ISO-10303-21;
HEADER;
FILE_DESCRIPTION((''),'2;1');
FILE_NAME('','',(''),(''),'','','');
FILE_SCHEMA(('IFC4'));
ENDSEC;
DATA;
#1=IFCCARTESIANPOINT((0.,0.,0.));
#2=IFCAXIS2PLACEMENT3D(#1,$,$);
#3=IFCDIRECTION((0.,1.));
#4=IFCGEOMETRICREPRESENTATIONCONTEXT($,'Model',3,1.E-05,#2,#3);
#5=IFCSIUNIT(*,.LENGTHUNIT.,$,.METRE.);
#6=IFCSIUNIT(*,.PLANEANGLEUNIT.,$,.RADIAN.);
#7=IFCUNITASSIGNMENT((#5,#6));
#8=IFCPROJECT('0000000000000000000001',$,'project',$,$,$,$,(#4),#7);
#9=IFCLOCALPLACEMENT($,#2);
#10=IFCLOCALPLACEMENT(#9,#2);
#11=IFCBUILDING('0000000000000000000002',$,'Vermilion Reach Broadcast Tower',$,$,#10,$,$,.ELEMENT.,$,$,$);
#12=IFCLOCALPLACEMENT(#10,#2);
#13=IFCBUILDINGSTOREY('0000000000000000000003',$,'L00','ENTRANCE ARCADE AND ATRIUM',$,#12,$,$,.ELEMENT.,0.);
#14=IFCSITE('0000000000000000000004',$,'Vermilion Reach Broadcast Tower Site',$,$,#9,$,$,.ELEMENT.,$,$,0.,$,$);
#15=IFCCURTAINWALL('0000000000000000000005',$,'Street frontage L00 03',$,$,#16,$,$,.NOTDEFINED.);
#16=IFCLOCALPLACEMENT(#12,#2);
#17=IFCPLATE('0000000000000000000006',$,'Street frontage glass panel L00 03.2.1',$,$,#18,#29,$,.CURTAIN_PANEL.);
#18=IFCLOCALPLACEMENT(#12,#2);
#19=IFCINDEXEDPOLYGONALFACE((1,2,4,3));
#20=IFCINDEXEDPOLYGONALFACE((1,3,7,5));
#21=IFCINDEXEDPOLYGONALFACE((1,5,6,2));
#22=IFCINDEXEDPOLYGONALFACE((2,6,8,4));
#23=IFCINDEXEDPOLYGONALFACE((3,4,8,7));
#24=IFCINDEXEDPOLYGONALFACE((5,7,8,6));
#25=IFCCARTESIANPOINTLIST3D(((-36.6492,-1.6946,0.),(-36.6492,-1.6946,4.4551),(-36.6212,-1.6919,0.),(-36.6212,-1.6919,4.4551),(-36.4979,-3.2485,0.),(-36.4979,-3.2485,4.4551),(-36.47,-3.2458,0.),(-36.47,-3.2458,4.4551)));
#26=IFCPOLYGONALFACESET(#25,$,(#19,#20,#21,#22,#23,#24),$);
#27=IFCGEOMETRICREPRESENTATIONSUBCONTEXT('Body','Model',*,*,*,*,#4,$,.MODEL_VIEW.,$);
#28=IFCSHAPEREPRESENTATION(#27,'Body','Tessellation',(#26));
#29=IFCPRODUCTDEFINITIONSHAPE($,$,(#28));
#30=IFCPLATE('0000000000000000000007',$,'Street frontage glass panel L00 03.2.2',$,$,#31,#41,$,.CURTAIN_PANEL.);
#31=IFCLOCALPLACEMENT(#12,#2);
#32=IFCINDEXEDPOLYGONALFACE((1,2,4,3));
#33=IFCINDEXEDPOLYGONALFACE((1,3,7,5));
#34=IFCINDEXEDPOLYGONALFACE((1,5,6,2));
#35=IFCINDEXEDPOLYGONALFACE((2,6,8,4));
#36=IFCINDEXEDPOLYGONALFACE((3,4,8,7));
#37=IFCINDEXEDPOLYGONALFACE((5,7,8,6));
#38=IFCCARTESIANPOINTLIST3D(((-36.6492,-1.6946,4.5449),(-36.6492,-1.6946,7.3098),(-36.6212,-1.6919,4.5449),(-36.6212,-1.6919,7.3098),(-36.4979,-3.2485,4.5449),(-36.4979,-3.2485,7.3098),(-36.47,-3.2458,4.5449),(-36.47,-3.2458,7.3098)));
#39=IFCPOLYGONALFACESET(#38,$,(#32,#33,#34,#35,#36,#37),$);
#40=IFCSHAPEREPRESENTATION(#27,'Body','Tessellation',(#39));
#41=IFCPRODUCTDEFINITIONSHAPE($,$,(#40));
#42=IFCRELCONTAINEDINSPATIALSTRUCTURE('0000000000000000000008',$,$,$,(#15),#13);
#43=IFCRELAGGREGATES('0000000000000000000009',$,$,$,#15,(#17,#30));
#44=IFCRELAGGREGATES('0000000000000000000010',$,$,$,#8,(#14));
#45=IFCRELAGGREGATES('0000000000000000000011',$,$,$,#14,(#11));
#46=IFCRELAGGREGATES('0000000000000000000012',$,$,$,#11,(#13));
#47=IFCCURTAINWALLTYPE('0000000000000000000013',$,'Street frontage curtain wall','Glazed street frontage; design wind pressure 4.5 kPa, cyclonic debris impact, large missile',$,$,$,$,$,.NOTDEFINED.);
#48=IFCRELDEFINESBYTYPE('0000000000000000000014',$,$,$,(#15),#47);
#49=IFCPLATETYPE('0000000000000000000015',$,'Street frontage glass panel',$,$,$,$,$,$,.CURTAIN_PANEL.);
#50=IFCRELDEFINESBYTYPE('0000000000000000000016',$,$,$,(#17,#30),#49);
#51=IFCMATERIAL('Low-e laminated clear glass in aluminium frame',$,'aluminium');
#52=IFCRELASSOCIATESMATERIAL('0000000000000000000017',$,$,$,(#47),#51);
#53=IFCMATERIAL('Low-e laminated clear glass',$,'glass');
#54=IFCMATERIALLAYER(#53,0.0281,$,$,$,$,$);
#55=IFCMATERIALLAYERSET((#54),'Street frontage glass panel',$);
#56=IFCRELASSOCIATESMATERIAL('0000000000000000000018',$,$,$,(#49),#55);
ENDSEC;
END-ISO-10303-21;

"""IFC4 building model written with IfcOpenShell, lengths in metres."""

from ifc_helpers import new_model, si_unit, direction, frame, origin, origin_2d, place, context, subcontext, project, spatial, rectangle, extrude, material, layer, layer_set, type_object, element, aggregate, save


model = new_model("IFC4")

# Units and contexts
model_context = context("Model", 3, precision=1e-05, world=origin(), true_north=direction((0.0, 1.0)))
body_context = subcontext(model_context, "Body", "Model", "MODEL_VIEW")
ifc_project = project(units=[si_unit("LENGTHUNIT", "METRE"), si_unit("PLANEANGLEUNIT", "RADIAN")], contexts=[model_context])

# Site, building, storey
site_placement = place(None, origin())
site = spatial("IfcSite", under=ifc_project, at=site_placement, Name="Vermilion Reach Broadcast Tower Site", CompositionType="ELEMENT", RefElevation=0.0)
building_placement = place(site_placement, origin())
building = spatial("IfcBuilding", under=site, at=building_placement, Name="Vermilion Reach Broadcast Tower", CompositionType="ELEMENT")
storey_placement = place(building_placement, origin())
storey = spatial("IfcBuildingStorey", under=building, at=storey_placement, Name="L00", Description="ENTRANCE ARCADE AND ATRIUM", CompositionType="ELEMENT", Elevation=0.0)

# Curtain wall
ifc_material_1 = material(Name="Low-e laminated clear glass in aluminium frame", Category="aluminium")
curtain_wall_type = type_object("IfcCurtainWallType", Name="Street frontage curtain wall", Description="Glazed street frontage; design wind pressure 4.5 kPa, cyclonic debris impact, large missile", PredefinedType="NOTDEFINED", material=ifc_material_1)
placement = place(storey_placement, origin())
curtain_wall_1 = element("IfcCurtainWall", 1, at=placement, inside=storey, type_object=curtain_wall_type, Name="Street frontage L00 03", PredefinedType="NOTDEFINED")

# Plates
ifc_material_2 = material(Name="Low-e laminated clear glass", Category="glass")
ifc_layer = layer(ifc_material_2, 0.0281)
ifc_layer_set = layer_set([ifc_layer], Name="Street frontage glass panel")
plate_type = type_object("IfcPlateType", Name="Street frontage glass panel", PredefinedType="CURTAIN_PANEL", material=ifc_layer_set)
plate_1_placement = place(storey_placement, frame((-36.5596, -2.4702, 0.0), z_axis=(0.0, 0.0, 1.0), x_axis=(0.096861, -0.995298, 0.0)))
plate_1 = element("IfcPlate", 2, at=plate_1_placement, type_object=plate_type, Name="Street frontage glass panel L00 03.2.1", PredefinedType="CURTAIN_PANEL", context=body_context, shape_type="SweptSolid", body=[
    extrude(rectangle(XDim=1.5613, YDim=0.0281, at=origin_2d()), origin(), (0.0, 0.0, 1.0), 4.4551),
])
plate_2_placement = place(storey_placement, frame((-36.5596, -2.4702, 4.5449), z_axis=(0.0, 0.0, 1.0), x_axis=(0.096861, -0.995298, 0.0)))
plate_2 = element("IfcPlate", 3, at=plate_2_placement, type_object=plate_type, Name="Street frontage glass panel L00 03.2.2", PredefinedType="CURTAIN_PANEL", context=body_context, shape_type="SweptSolid", body=[
    extrude(rectangle(XDim=1.5613, YDim=0.0281, at=origin_2d()), origin(), (0.0, 0.0, 1.0), 2.7649),
])
aggregate(curtain_wall_1, [plate_1, plate_2])

save(model, "model.ifc")
